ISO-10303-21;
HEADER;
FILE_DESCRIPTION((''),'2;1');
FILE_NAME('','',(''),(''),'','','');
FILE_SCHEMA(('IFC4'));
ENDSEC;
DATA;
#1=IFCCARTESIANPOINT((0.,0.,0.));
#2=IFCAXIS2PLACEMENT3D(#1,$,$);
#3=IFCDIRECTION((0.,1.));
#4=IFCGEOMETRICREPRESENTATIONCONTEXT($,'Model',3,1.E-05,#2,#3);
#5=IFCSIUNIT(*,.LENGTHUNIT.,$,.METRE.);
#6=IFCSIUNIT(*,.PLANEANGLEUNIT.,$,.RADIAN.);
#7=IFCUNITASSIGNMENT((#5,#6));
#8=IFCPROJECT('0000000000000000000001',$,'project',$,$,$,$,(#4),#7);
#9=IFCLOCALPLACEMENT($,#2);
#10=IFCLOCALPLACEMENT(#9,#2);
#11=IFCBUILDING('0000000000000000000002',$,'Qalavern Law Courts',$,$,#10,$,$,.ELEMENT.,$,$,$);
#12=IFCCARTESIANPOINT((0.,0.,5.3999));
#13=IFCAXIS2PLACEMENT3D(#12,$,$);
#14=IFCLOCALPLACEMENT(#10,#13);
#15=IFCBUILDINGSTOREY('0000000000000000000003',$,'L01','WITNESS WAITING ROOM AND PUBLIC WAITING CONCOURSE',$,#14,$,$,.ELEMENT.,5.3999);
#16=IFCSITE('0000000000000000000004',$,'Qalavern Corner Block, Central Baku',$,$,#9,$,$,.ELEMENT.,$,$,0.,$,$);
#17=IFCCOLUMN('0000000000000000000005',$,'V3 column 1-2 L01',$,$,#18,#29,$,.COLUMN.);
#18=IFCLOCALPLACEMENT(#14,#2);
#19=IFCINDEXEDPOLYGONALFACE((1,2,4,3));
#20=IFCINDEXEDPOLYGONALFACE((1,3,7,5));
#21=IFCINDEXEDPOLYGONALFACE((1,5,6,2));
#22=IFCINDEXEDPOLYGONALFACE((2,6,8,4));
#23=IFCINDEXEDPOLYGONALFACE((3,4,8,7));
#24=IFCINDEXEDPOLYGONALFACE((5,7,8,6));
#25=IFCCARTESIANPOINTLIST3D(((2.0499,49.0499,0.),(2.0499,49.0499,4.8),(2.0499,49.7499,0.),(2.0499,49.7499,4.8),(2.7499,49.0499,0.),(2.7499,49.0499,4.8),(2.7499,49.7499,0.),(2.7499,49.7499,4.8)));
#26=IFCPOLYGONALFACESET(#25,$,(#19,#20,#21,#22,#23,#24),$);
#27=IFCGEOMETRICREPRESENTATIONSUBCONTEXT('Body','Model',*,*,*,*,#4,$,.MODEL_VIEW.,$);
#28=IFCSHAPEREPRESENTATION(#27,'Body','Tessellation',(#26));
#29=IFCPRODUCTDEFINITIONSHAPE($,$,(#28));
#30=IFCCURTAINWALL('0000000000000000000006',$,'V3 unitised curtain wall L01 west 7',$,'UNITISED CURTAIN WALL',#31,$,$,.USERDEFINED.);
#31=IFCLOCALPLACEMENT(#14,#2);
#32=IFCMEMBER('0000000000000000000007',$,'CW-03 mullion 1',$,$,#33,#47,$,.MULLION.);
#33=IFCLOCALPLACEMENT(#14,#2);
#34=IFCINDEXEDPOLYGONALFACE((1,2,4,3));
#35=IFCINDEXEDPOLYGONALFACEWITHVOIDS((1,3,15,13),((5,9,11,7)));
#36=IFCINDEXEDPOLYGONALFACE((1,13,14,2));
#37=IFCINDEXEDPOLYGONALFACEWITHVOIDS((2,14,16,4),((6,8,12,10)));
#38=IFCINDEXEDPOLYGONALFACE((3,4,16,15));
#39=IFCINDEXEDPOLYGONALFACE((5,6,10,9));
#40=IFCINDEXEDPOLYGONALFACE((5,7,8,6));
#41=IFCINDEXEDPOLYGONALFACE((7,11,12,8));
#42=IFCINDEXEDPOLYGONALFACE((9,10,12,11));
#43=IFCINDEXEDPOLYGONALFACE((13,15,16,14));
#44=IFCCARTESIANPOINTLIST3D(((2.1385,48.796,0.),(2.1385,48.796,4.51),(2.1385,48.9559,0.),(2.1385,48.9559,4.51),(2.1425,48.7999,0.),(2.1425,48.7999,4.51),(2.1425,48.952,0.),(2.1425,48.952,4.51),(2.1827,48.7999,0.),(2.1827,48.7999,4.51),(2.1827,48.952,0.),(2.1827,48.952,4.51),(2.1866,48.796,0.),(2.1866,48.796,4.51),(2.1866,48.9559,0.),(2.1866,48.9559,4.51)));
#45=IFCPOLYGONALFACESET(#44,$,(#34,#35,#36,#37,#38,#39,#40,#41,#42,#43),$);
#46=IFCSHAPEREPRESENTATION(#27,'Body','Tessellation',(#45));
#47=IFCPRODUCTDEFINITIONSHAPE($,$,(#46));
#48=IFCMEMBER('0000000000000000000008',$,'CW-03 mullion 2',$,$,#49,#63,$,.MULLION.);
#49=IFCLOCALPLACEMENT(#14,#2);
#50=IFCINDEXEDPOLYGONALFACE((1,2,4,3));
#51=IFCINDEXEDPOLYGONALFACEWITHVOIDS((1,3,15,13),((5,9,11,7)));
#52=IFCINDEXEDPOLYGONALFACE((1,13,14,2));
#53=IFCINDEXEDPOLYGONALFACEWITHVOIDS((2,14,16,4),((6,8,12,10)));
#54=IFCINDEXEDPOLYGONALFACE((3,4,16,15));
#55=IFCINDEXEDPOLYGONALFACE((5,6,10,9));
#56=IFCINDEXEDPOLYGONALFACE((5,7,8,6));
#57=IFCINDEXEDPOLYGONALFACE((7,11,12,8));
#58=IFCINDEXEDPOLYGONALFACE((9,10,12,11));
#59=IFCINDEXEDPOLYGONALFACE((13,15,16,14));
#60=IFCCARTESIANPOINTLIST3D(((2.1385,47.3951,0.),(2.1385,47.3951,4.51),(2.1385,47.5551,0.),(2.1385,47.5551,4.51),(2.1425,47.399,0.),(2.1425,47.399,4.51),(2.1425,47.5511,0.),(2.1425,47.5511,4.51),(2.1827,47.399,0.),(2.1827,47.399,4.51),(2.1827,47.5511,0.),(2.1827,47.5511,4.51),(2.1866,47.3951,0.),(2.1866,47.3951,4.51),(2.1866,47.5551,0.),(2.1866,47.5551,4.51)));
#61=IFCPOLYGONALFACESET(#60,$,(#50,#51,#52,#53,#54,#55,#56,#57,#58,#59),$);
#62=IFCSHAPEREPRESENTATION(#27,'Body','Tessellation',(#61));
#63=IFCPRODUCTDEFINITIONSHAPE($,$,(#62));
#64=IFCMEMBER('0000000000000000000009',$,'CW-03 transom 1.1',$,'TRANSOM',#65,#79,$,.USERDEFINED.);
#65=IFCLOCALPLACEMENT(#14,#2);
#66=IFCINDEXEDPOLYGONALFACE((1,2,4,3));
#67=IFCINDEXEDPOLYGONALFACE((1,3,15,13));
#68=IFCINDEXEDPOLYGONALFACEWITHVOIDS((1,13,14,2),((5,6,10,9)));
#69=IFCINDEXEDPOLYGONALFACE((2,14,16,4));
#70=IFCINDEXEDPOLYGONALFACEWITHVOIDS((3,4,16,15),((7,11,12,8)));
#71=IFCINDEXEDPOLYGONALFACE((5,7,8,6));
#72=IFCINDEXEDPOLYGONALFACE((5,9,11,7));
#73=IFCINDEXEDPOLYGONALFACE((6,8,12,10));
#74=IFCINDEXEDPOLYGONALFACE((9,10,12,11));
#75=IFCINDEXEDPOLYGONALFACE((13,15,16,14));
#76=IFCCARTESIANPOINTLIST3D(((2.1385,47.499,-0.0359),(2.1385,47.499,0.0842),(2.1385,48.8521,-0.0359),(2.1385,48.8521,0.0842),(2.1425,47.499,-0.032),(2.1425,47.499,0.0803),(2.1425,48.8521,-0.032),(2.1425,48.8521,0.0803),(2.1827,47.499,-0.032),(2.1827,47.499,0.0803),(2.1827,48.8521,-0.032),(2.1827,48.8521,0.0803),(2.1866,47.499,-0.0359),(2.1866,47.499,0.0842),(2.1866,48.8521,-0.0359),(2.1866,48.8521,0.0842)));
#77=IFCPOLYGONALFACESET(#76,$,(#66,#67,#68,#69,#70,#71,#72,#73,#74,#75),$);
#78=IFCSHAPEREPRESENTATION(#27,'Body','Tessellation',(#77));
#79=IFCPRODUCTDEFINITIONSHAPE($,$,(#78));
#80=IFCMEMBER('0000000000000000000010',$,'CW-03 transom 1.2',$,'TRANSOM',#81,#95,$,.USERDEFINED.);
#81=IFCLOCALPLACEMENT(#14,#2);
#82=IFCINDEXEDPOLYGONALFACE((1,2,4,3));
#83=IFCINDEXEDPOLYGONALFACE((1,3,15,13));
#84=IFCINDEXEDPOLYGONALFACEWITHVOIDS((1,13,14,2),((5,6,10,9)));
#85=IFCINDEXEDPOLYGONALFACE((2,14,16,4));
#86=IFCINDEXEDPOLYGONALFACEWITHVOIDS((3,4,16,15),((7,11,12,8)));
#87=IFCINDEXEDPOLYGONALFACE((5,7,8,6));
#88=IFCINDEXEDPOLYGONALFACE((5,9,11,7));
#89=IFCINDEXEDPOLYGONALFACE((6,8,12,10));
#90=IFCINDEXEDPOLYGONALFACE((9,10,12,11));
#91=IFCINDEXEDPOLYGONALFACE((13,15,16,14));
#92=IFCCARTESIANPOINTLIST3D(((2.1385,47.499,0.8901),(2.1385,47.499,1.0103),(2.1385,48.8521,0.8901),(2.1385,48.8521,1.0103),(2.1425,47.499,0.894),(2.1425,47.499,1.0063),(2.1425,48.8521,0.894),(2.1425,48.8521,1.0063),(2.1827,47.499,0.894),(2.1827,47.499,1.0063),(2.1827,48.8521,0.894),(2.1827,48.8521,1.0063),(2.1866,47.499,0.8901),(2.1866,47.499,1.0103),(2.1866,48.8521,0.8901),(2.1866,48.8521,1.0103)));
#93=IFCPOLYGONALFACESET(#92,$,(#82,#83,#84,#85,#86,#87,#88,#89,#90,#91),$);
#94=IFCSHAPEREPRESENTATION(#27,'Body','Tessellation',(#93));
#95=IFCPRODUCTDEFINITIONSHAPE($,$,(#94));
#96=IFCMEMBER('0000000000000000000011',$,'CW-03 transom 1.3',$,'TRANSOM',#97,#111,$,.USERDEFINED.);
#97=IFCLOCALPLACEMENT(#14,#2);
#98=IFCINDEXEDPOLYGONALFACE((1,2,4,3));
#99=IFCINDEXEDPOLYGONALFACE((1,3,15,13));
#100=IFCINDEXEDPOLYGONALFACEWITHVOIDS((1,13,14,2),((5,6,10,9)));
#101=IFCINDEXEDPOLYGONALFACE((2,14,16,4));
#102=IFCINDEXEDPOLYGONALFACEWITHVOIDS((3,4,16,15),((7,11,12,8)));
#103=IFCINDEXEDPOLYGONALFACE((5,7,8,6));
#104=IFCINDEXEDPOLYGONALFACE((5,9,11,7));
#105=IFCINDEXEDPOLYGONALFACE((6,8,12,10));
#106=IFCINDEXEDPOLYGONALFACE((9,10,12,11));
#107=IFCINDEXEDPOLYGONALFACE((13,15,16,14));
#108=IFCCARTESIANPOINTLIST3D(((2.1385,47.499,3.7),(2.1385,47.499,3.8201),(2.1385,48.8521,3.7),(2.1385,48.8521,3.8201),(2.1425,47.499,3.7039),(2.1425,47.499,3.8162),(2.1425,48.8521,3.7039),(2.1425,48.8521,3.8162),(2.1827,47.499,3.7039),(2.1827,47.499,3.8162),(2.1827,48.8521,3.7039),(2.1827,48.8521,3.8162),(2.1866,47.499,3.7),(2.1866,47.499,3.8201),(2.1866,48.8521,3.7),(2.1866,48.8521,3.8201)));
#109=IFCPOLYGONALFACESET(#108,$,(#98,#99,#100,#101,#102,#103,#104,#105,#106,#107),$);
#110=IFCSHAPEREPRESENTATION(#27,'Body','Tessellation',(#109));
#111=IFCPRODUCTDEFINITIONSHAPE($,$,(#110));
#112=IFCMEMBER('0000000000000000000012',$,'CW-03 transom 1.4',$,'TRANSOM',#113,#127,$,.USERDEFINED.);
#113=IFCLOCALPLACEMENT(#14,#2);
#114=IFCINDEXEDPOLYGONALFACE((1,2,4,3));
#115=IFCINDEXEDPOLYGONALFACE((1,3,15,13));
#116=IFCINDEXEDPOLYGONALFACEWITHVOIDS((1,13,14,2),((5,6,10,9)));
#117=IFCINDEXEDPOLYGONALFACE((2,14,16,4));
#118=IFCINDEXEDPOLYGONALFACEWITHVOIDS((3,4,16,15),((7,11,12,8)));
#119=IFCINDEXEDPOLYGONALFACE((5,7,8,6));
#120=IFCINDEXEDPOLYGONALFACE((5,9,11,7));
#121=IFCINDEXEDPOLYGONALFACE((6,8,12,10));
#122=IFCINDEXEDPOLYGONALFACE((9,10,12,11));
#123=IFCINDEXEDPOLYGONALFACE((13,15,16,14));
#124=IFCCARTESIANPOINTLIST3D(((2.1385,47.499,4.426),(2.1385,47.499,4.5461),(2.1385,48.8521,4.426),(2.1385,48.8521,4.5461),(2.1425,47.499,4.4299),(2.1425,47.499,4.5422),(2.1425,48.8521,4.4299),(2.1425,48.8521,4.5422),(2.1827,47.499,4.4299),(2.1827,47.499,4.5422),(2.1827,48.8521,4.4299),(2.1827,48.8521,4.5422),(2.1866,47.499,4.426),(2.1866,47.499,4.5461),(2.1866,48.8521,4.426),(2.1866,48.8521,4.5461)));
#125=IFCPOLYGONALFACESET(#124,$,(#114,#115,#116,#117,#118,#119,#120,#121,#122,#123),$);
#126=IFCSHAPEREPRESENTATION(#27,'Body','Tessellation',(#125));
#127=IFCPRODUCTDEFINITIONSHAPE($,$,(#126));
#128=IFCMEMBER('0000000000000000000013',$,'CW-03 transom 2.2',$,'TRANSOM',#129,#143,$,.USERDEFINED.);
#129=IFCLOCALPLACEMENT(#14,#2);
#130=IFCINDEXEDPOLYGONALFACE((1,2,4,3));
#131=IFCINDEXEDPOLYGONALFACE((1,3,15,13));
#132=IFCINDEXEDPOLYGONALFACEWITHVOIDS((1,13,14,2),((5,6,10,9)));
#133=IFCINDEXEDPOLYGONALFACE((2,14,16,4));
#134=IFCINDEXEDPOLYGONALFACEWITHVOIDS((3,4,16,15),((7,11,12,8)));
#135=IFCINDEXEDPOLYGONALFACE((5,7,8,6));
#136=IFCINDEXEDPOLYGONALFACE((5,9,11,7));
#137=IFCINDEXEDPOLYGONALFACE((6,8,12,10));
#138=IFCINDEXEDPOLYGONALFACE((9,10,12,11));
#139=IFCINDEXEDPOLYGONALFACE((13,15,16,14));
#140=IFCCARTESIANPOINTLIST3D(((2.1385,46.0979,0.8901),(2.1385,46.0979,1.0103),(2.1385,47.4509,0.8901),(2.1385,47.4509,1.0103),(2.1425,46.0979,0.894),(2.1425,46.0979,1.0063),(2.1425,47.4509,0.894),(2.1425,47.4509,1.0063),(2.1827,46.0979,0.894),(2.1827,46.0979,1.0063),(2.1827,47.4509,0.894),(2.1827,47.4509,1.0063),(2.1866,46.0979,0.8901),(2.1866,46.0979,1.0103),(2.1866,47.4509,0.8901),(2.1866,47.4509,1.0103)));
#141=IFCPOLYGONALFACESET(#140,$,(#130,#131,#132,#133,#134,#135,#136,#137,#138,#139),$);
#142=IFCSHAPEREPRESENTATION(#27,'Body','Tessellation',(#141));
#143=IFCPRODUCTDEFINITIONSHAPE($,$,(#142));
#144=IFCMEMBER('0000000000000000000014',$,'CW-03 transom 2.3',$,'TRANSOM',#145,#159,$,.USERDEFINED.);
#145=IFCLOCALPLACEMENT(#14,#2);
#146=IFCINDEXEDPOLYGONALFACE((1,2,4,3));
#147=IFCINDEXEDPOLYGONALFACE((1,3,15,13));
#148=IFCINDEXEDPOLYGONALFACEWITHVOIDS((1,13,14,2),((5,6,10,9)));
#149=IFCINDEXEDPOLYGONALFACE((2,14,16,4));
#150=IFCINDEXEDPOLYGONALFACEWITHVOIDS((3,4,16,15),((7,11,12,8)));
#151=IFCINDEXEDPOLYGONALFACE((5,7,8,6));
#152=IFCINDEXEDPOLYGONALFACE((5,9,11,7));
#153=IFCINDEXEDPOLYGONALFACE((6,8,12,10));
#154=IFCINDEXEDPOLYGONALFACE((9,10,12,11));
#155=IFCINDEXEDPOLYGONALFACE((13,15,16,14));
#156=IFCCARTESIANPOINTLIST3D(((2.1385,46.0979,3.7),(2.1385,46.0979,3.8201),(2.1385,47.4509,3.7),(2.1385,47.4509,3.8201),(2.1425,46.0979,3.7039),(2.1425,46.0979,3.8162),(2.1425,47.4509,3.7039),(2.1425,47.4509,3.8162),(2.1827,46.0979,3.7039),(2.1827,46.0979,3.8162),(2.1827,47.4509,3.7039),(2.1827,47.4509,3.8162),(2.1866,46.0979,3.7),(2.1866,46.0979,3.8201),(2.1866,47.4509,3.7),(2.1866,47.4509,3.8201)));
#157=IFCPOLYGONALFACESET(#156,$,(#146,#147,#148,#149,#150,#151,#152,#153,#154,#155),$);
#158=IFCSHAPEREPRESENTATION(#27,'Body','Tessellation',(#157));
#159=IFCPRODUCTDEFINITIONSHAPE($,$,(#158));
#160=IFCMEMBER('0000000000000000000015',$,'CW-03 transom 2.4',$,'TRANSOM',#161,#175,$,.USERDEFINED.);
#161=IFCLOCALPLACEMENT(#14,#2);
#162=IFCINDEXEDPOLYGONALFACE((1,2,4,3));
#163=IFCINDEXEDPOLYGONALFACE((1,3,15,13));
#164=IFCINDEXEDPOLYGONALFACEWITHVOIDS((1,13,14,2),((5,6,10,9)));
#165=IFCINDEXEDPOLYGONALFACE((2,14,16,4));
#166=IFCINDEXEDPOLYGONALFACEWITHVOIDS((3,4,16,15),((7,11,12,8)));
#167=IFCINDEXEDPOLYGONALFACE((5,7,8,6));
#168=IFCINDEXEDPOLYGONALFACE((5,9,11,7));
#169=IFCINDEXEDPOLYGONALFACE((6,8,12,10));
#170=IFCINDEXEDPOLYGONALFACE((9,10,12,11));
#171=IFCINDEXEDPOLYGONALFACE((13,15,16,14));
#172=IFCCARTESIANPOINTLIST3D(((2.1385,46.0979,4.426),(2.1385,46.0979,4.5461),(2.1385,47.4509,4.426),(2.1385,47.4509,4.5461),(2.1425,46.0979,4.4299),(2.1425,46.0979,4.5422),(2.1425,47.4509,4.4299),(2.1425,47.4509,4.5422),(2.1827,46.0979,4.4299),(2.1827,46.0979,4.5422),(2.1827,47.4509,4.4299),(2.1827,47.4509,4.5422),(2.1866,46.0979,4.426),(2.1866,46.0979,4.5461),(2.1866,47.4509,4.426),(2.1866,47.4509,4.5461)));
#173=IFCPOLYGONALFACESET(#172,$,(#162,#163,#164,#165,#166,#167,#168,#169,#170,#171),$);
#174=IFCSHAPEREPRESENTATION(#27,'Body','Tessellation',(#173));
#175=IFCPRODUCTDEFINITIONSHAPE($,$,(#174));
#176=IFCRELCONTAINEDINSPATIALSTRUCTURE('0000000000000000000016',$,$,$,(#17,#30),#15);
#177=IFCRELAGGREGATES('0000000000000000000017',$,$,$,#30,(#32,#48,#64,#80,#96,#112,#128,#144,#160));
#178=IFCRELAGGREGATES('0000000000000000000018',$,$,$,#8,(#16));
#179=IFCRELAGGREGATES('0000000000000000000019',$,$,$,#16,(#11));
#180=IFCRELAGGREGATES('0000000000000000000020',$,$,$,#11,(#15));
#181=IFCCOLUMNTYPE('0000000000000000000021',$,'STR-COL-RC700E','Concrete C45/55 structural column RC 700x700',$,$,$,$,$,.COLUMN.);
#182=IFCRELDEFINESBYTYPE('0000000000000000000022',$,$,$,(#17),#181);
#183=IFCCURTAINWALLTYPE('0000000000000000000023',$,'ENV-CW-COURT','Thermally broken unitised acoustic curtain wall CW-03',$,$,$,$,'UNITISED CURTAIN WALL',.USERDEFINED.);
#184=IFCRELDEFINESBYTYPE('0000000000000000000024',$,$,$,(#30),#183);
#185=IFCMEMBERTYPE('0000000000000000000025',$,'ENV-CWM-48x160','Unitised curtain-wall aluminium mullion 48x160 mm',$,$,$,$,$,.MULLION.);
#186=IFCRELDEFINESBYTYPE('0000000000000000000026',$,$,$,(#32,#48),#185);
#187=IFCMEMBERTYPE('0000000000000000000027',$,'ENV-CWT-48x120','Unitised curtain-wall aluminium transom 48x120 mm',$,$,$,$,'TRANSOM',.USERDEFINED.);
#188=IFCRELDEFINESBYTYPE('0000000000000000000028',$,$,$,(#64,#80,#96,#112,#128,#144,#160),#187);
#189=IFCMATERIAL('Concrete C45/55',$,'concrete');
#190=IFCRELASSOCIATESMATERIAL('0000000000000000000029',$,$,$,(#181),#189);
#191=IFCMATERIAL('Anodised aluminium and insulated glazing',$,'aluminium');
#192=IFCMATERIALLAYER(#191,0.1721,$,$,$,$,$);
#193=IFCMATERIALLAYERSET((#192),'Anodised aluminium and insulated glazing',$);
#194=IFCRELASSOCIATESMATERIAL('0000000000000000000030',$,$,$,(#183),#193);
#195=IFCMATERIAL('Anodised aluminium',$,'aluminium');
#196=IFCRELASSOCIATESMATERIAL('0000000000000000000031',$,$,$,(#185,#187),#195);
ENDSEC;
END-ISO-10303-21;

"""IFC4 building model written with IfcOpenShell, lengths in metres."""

from ifc_helpers import new_model, si_unit, direction, frame, origin, origin_2d, place, context, subcontext, project, spatial, rectangle, hollow_rectangle, extrude, material, layer, layer_set, material_profile, profile_set, type_object, element, aggregate, save


model = new_model("IFC4")

# Units and contexts
model_context = context("Model", 3, precision=1e-05, world=origin(), true_north=direction((0.0, 1.0)))
body_context = subcontext(model_context, "Body", "Model", "MODEL_VIEW")
ifc_project = project(units=[si_unit("LENGTHUNIT", "METRE"), si_unit("PLANEANGLEUNIT", "RADIAN")], contexts=[model_context])

# Site, building, storey
site_placement = place(None, origin())
site = spatial("IfcSite", under=ifc_project, at=site_placement, Name="Qalavern Corner Block, Central Baku", CompositionType="ELEMENT", RefElevation=0.0)
building_placement = place(site_placement, origin())
building = spatial("IfcBuilding", under=site, at=building_placement, Name="Qalavern Law Courts", CompositionType="ELEMENT")
storey_placement = place(building_placement, frame((0.0, 0.0, 5.3999)))
storey = spatial("IfcBuildingStorey", under=building, at=storey_placement, Name="L01", Description="WITNESS WAITING ROOM AND PUBLIC WAITING CONCOURSE", CompositionType="ELEMENT", Elevation=5.3999)

# Column
ifc_material_1 = material(Name="Concrete C45/55", Category="concrete")
ifc_material_profile_1 = material_profile(ifc_material_1, rectangle(XDim=0.7, YDim=0.7, at=origin_2d()), Name="RC 700x700")
ifc_profile_set_1 = profile_set([ifc_material_profile_1], Name="Concrete C45/55")
column_type = type_object("IfcColumnType", Name="STR-COL-RC700E", Description="Concrete C45/55 structural column RC 700x700", PredefinedType="COLUMN", material=ifc_profile_set_1)
column_placement = place(storey_placement, frame((2.3999, 49.3999, 0.0), z_axis=(0.0, 0.0, 1.0), x_axis=(1.0, 0.0, 0.0)))
element("IfcColumn", 1, at=column_placement, inside=storey, type_object=column_type, Name="V3 column 1-2 L01", PredefinedType="COLUMN", context=body_context, shape_type="SweptSolid", body=[
    extrude(rectangle(XDim=0.7, YDim=0.7, at=origin_2d()), origin(), (0.0, 0.0, 1.0), 4.8),
])

# Curtain wall, members
ifc_material_2 = material(Name="Anodised aluminium and insulated glazing", Category="aluminium")
ifc_layer_1 = layer(ifc_material_2, 0.1721)
ifc_layer_set_1 = layer_set([ifc_layer_1], Name="Anodised aluminium and insulated glazing")
curtain_wall_type = type_object("IfcCurtainWallType", Name="ENV-CW-COURT", Description="Thermally broken unitised acoustic curtain wall CW-03", ElementType="UNITISED CURTAIN WALL", PredefinedType="USERDEFINED", material=ifc_layer_set_1)
curtain_wall_placement = place(storey_placement, origin())
curtain_wall = element("IfcCurtainWall", 2, at=curtain_wall_placement, inside=storey, type_object=curtain_wall_type, Name="V3 unitised curtain wall L01 west 7", ObjectType="UNITISED CURTAIN WALL", PredefinedType="USERDEFINED")
ifc_material_3 = material(Name="Anodised aluminium", Category="aluminium")
ifc_material_profile_2 = material_profile(ifc_material_3, hollow_rectangle(XDim=0.0481, YDim=0.1599, WallThickness=0.0039, at=origin_2d()), Name="ALU MULLION 48x160")
ifc_profile_set_2 = profile_set([ifc_material_profile_2], Name="Anodised aluminium")
member_type_1 = type_object("IfcMemberType", Name="ENV-CWM-48x160", Description="Unitised curtain-wall aluminium mullion 48x160 mm", PredefinedType="MULLION", material=ifc_profile_set_2)
member_1_placement = place(storey_placement, frame((2.1626, 48.876, 0.0), z_axis=(0.0, 0.0, 1.0), x_axis=(1.0, 0.0, 0.0)))
member_1 = element("IfcMember", 3, at=member_1_placement, type_object=member_type_1, Name="CW-03 mullion 1", PredefinedType="MULLION", context=body_context, shape_type="SweptSolid", body=[
    extrude(hollow_rectangle(XDim=0.0481, YDim=0.1599, WallThickness=0.0039, at=origin_2d()), origin(), (0.0, 0.0, 1.0), 4.51),
])
member_2_placement = place(storey_placement, frame((2.1626, 47.4751, 0.0), z_axis=(0.0, 0.0, 1.0), x_axis=(1.0, 0.0, 0.0)))
member_2 = element("IfcMember", 4, at=member_2_placement, type_object=member_type_1, Name="CW-03 mullion 2", PredefinedType="MULLION", context=body_context, shape_type="SweptSolid", body=[
    extrude(hollow_rectangle(XDim=0.0481, YDim=0.1599, WallThickness=0.0039, at=origin_2d()), origin(), (0.0, 0.0, 1.0), 4.51),
])
ifc_material_profile_3 = material_profile(ifc_material_3, hollow_rectangle(XDim=0.0481, YDim=0.1201, WallThickness=0.0039, at=origin_2d()), Name="ALU TRANSOM 48x120")
ifc_profile_set_3 = profile_set([ifc_material_profile_3], Name="Anodised aluminium")
member_type_2 = type_object("IfcMemberType", Name="ENV-CWT-48x120", Description="Unitised curtain-wall aluminium transom 48x120 mm", ElementType="TRANSOM", PredefinedType="USERDEFINED", material=ifc_profile_set_3)
member_3_placement = place(storey_placement, frame((2.1626, 48.8521, 0.0242), z_axis=(0.0, -1.0, 0.0), x_axis=(1.0, 0.0, 0.0)))
member_3 = element("IfcMember", 5, at=member_3_placement, type_object=member_type_2, Name="CW-03 transom 1.1", ObjectType="TRANSOM", PredefinedType="USERDEFINED", context=body_context, shape_type="SweptSolid", body=[
    extrude(hollow_rectangle(XDim=0.0481, YDim=0.1201, WallThickness=0.0039, at=origin_2d()), origin(), (0.0, 0.0, 1.0), 1.353),
])
member_4_placement = place(storey_placement, frame((2.1626, 48.8521, 0.9502), z_axis=(0.0, -1.0, 0.0), x_axis=(1.0, 0.0, 0.0)))
member_4 = element("IfcMember", 6, at=member_4_placement, type_object=member_type_2, Name="CW-03 transom 1.2", ObjectType="TRANSOM", PredefinedType="USERDEFINED", context=body_context, shape_type="SweptSolid", body=[
    extrude(hollow_rectangle(XDim=0.0481, YDim=0.1201, WallThickness=0.0039, at=origin_2d()), origin(), (0.0, 0.0, 1.0), 1.353),
])
member_5_placement = place(storey_placement, frame((2.1626, 48.8521, 3.76), z_axis=(0.0, -1.0, 0.0), x_axis=(1.0, 0.0, 0.0)))
member_5 = element("IfcMember", 7, at=member_5_placement, type_object=member_type_2, Name="CW-03 transom 1.3", ObjectType="TRANSOM", PredefinedType="USERDEFINED", context=body_context, shape_type="SweptSolid", body=[
    extrude(hollow_rectangle(XDim=0.0481, YDim=0.1201, WallThickness=0.0039, at=origin_2d()), origin(), (0.0, 0.0, 1.0), 1.353),
])
member_6_placement = place(storey_placement, frame((2.1626, 48.8521, 4.4861), z_axis=(0.0, -1.0, 0.0), x_axis=(1.0, 0.0, 0.0)))
member_6 = element("IfcMember", 8, at=member_6_placement, type_object=member_type_2, Name="CW-03 transom 1.4", ObjectType="TRANSOM", PredefinedType="USERDEFINED", context=body_context, shape_type="SweptSolid", body=[
    extrude(hollow_rectangle(XDim=0.0481, YDim=0.1201, WallThickness=0.0039, at=origin_2d()), origin(), (0.0, 0.0, 1.0), 1.353),
])
member_7_placement = place(storey_placement, frame((2.1626, 47.4509, 0.9502), z_axis=(0.0, -1.0, 0.0), x_axis=(1.0, 0.0, 0.0)))
member_7 = element("IfcMember", 9, at=member_7_placement, type_object=member_type_2, Name="CW-03 transom 2.2", ObjectType="TRANSOM", PredefinedType="USERDEFINED", context=body_context, shape_type="SweptSolid", body=[
    extrude(hollow_rectangle(XDim=0.0481, YDim=0.1201, WallThickness=0.0039, at=origin_2d()), origin(), (0.0, 0.0, 1.0), 1.353),
])
member_8_placement = place(storey_placement, frame((2.1626, 47.4509, 3.76), z_axis=(0.0, -1.0, 0.0), x_axis=(1.0, 0.0, 0.0)))
member_8 = element("IfcMember", 10, at=member_8_placement, type_object=member_type_2, Name="CW-03 transom 2.3", ObjectType="TRANSOM", PredefinedType="USERDEFINED", context=body_context, shape_type="SweptSolid", body=[
    extrude(hollow_rectangle(XDim=0.0481, YDim=0.1201, WallThickness=0.0039, at=origin_2d()), origin(), (0.0, 0.0, 1.0), 1.353),
])
member_9_placement = place(storey_placement, frame((2.1626, 47.4509, 4.4861), z_axis=(0.0, -1.0, 0.0), x_axis=(1.0, 0.0, 0.0)))
member_9 = element("IfcMember", 11, at=member_9_placement, type_object=member_type_2, Name="CW-03 transom 2.4", ObjectType="TRANSOM", PredefinedType="USERDEFINED", context=body_context, shape_type="SweptSolid", body=[
    extrude(hollow_rectangle(XDim=0.0481, YDim=0.1201, WallThickness=0.0039, at=origin_2d()), origin(), (0.0, 0.0, 1.0), 1.353),
])

aggregate(curtain_wall, [member_1, member_2, member_3, member_4, member_5, member_6, member_7, member_8, member_9])

save(model, "model.ifc")
